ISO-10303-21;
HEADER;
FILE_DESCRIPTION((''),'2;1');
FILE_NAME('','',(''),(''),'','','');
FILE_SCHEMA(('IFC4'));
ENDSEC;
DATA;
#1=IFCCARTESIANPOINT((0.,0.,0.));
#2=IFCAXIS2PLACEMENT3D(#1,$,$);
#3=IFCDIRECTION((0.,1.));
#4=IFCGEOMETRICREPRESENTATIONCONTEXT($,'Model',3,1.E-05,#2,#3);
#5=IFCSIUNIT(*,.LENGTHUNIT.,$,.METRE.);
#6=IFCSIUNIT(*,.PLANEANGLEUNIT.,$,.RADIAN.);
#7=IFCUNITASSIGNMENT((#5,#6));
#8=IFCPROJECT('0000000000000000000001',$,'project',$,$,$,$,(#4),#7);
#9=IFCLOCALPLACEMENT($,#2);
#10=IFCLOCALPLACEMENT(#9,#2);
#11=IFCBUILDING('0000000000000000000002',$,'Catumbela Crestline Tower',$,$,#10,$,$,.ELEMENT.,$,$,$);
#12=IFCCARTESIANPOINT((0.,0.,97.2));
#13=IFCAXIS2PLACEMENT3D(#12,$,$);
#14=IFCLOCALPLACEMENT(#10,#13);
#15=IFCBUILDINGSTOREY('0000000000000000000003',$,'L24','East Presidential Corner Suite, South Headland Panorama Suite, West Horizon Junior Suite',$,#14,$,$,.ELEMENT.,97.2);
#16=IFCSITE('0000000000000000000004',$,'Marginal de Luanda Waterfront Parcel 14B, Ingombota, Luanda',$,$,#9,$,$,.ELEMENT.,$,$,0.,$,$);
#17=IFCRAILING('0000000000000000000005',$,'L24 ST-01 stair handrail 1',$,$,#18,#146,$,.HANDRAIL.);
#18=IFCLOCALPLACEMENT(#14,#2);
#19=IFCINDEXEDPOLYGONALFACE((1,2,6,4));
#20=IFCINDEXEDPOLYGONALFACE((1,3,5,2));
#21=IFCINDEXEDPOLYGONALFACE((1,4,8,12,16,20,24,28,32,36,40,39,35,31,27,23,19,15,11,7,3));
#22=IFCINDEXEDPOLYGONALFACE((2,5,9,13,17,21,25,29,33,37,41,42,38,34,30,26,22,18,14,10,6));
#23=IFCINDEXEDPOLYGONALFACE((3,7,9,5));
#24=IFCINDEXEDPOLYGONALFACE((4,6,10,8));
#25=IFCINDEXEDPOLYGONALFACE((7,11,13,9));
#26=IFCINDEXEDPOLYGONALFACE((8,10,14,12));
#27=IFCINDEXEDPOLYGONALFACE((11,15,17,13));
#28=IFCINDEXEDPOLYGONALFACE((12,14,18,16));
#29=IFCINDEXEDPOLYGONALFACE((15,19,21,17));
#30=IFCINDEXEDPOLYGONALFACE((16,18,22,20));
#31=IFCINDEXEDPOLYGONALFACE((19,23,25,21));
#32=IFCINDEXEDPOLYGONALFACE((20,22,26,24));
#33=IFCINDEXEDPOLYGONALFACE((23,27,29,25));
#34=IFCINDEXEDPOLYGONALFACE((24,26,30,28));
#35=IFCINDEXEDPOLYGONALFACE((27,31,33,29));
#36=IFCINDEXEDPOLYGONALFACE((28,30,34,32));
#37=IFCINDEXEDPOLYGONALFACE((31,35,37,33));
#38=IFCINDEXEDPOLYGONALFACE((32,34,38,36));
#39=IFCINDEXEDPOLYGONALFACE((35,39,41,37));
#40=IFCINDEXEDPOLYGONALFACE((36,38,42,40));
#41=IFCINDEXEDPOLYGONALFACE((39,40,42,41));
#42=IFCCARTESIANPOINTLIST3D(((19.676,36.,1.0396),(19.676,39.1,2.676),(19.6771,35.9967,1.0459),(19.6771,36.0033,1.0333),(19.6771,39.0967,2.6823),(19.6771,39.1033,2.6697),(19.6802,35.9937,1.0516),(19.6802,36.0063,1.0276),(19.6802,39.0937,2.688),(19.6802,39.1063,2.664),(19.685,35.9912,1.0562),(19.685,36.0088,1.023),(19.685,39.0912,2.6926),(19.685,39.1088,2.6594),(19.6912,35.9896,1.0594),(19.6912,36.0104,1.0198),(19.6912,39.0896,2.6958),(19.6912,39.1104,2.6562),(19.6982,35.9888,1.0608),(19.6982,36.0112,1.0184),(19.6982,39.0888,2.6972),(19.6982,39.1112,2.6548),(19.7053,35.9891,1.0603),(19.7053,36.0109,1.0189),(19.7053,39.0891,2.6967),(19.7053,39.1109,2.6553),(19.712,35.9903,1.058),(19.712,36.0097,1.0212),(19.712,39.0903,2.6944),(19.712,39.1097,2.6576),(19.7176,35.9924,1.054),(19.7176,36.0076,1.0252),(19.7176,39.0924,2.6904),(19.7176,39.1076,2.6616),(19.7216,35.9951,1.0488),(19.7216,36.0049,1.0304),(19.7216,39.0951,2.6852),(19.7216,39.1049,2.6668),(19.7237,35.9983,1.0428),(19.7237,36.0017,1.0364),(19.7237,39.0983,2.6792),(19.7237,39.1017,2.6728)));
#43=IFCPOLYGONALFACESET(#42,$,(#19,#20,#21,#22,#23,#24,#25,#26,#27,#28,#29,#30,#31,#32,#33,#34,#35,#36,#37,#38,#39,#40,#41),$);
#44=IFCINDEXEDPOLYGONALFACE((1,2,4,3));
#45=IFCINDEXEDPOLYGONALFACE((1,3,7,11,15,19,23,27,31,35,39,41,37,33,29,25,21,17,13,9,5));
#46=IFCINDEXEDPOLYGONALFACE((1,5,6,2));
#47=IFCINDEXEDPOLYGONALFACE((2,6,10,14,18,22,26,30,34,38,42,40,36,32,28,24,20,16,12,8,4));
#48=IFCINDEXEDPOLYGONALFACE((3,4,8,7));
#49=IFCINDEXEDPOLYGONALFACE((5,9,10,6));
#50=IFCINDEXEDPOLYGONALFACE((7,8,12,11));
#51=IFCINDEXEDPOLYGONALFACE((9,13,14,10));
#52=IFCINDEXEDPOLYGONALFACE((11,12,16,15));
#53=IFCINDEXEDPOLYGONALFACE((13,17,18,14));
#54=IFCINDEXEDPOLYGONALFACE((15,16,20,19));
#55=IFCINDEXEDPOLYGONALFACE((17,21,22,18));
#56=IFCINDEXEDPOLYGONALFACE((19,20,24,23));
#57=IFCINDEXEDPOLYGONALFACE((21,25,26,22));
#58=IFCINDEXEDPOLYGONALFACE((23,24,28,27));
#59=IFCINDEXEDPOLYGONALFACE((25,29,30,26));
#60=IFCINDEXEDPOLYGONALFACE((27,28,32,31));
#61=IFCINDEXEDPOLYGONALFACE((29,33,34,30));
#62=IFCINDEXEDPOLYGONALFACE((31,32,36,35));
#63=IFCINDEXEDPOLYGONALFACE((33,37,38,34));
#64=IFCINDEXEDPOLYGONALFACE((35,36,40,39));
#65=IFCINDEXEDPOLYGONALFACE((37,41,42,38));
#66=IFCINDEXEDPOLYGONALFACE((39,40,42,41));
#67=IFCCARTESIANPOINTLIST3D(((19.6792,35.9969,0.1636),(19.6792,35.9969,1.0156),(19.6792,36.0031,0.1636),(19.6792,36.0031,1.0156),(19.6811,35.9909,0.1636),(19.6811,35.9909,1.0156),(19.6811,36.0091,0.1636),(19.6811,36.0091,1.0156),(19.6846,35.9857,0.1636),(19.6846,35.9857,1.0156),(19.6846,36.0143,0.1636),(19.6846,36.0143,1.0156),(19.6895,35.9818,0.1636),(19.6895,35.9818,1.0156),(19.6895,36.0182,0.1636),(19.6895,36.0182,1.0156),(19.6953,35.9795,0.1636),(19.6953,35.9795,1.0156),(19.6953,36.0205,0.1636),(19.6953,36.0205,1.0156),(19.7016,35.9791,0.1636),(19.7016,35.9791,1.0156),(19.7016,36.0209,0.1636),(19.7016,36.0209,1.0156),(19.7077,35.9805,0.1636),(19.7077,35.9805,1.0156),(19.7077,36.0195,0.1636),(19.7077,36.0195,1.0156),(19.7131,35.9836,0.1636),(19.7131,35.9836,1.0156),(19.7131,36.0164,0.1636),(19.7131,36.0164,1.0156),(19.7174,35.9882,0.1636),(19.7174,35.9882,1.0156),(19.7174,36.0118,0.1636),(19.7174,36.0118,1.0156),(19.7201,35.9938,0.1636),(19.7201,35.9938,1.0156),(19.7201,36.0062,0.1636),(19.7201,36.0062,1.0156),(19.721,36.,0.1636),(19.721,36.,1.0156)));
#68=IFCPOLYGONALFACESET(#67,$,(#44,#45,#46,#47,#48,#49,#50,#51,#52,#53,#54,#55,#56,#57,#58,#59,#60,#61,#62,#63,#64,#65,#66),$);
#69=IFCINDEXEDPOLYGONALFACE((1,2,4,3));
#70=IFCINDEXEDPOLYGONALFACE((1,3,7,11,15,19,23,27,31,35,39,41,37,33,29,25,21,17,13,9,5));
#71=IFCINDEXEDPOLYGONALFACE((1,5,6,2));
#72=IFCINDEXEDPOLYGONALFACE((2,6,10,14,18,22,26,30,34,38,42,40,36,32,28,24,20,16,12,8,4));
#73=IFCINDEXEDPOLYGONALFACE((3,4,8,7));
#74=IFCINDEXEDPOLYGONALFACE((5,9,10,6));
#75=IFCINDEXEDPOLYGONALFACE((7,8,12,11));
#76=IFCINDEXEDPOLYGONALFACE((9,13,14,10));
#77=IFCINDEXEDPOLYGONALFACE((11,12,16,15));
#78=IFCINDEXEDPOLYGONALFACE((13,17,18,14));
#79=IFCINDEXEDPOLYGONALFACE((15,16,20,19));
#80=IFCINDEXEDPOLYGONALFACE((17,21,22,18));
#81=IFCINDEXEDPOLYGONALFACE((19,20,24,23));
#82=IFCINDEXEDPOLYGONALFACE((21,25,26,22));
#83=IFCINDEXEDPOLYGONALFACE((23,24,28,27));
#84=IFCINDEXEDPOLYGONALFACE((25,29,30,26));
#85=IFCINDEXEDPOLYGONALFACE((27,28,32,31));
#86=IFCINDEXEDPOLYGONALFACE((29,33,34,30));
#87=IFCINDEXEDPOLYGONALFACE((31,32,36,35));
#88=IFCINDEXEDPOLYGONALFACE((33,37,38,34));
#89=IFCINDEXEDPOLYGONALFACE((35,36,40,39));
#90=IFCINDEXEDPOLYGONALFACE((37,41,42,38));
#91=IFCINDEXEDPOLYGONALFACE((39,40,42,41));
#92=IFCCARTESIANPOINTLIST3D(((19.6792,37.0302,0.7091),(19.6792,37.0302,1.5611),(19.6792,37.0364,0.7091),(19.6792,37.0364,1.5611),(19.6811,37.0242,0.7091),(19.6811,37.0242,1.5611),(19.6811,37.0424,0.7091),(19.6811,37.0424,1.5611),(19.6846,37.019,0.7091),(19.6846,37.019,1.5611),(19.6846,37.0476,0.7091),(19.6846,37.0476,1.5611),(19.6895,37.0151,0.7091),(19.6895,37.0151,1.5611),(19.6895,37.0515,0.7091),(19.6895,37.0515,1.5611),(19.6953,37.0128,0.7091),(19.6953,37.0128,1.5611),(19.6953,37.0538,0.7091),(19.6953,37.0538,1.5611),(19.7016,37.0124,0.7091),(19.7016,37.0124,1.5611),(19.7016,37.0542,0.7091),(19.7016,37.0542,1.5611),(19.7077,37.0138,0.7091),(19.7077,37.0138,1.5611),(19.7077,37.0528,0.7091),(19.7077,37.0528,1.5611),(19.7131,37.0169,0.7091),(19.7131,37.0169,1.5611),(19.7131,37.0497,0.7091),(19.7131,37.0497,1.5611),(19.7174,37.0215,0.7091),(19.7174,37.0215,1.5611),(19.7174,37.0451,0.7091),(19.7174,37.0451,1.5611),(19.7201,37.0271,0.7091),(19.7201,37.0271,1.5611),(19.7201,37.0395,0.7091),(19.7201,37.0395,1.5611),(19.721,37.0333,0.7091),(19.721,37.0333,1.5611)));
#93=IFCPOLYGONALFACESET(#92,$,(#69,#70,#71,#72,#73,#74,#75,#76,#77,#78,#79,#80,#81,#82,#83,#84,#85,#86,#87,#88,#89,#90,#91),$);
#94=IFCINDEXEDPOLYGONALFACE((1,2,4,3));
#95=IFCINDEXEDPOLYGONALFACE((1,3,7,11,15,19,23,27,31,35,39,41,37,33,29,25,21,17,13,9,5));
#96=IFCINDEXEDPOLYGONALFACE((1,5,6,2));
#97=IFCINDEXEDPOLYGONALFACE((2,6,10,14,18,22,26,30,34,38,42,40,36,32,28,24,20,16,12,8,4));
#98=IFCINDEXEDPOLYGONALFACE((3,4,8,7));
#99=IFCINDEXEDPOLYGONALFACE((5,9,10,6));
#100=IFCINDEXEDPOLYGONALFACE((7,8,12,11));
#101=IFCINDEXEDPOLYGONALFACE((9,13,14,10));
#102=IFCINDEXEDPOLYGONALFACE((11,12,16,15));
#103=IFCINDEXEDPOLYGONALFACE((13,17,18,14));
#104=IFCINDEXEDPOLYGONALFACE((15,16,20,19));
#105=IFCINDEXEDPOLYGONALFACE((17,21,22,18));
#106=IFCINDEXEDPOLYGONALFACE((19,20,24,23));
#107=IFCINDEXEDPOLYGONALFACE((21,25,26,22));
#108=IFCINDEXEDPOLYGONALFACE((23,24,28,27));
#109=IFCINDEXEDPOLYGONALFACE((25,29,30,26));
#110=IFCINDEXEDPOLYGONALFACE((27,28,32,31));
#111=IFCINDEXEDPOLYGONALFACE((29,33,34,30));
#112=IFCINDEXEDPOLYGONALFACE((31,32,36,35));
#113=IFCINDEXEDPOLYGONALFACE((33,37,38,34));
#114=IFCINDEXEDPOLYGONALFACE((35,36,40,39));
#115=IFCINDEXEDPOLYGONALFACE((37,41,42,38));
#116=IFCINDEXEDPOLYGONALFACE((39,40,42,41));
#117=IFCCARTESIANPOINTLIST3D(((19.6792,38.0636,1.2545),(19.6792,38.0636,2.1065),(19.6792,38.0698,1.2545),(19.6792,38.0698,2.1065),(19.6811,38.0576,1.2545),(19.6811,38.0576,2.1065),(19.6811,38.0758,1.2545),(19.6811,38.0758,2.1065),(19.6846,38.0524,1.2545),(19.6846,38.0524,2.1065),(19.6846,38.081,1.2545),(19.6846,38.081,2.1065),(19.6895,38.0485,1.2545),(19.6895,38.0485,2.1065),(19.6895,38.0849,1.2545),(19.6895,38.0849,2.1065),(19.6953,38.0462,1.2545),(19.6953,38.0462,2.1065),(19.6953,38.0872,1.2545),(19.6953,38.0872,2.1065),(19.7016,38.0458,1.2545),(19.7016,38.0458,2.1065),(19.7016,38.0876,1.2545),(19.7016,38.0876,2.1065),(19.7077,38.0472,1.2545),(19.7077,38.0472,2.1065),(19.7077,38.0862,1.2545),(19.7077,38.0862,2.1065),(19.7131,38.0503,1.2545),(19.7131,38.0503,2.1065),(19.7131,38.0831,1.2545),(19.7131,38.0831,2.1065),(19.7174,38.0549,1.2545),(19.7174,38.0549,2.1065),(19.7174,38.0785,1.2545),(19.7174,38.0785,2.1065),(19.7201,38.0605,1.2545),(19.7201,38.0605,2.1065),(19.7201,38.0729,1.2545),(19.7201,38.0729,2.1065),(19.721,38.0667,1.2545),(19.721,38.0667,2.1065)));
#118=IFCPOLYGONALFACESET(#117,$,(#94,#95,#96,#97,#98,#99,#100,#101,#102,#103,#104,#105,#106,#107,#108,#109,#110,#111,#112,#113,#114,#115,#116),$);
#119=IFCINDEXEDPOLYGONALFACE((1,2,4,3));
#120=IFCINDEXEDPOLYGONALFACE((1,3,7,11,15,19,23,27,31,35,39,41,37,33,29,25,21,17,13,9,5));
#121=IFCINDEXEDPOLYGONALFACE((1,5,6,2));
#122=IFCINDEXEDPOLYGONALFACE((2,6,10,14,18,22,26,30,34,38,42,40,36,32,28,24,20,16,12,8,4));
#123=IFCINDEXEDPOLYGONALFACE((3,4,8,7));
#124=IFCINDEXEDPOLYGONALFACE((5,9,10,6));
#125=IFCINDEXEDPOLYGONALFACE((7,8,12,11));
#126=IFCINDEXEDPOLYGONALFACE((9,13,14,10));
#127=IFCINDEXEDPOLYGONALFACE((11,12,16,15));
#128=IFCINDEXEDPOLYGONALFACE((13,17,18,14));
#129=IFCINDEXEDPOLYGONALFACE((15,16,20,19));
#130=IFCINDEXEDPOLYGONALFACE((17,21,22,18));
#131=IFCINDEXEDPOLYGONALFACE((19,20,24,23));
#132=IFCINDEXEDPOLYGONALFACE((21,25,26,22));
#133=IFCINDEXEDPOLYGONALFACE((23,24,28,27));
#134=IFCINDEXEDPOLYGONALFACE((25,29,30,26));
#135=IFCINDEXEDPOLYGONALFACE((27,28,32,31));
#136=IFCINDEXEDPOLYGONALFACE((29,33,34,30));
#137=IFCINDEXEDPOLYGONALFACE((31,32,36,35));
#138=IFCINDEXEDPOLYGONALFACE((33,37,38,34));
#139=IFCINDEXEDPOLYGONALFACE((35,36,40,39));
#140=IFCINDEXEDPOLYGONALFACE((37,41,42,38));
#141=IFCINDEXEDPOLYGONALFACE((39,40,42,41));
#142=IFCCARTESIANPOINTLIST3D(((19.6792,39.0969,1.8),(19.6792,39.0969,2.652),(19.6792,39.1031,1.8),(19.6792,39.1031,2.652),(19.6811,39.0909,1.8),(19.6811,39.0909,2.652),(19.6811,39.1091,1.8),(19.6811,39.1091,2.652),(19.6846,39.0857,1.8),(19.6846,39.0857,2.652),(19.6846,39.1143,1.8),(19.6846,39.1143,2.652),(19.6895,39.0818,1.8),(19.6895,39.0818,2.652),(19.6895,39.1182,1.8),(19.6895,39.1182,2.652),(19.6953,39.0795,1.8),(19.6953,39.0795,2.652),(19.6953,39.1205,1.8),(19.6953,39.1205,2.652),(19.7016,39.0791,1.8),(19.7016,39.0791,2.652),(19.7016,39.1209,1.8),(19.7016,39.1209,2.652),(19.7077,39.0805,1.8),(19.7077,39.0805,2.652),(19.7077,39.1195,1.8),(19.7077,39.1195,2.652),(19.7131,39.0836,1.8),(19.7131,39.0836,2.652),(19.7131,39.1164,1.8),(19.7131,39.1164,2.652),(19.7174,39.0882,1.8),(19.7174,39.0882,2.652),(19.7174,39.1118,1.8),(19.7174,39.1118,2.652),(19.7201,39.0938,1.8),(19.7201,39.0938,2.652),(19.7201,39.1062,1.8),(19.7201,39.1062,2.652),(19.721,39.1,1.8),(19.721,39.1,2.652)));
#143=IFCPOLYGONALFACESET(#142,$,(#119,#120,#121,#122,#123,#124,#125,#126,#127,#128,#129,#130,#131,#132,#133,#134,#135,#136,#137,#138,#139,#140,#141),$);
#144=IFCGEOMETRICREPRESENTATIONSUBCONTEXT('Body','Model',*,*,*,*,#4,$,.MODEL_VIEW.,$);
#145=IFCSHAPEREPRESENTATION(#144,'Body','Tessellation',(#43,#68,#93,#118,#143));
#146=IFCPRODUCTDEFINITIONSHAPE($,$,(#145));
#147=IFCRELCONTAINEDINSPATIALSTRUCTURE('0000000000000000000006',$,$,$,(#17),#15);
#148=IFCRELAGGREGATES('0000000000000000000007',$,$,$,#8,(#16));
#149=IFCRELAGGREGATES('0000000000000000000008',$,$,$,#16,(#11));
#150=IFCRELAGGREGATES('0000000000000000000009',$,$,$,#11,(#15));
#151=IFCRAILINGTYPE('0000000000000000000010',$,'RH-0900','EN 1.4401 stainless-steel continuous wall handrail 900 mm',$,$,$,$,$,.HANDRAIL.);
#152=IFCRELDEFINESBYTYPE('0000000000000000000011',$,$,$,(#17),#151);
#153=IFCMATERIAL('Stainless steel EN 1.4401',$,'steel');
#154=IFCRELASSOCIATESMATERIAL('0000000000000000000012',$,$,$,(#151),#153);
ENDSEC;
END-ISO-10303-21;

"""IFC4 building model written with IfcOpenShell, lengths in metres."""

from ifc_helpers import new_model, si_unit, direction, frame, origin, origin_2d, place, context, subcontext, project, spatial, circle, extrude, material, type_object, element, save


model = new_model("IFC4")

# Units and contexts
model_context = context("Model", 3, precision=1e-05, world=origin(), true_north=direction((0.0, 1.0)))
body_context = subcontext(model_context, "Body", "Model", "MODEL_VIEW")
ifc_project = project(units=[si_unit("LENGTHUNIT", "METRE"), si_unit("PLANEANGLEUNIT", "RADIAN")], contexts=[model_context])

# Site, building, storey
site_placement = place(None, origin())
site = spatial("IfcSite", under=ifc_project, at=site_placement, Name="Marginal de Luanda Waterfront Parcel 14B, Ingombota, Luanda", CompositionType="ELEMENT", RefElevation=0.0)
building_placement = place(site_placement, origin())
building = spatial("IfcBuilding", under=site, at=building_placement, Name="Catumbela Crestline Tower", CompositionType="ELEMENT")
storey_placement = place(building_placement, frame((0.0, 0.0, 97.2)))
storey = spatial("IfcBuildingStorey", under=building, at=storey_placement, Name="L24", Description="East Presidential Corner Suite, South Headland Panorama Suite, West Horizon Junior Suite", CompositionType="ELEMENT", Elevation=97.2)

# Shared definitions
ifc_material_1 = material(Name="Stainless steel EN 1.4401", Category="steel")

# Railing
railing_type = type_object("IfcRailingType", Name="RH-0900", Description="EN 1.4401 stainless-steel continuous wall handrail 900 mm", PredefinedType="HANDRAIL", material=ifc_material_1)
railing_placement = place(storey_placement, frame((19.7, 36.0, 0.1636)))
element("IfcRailing", 1, at=railing_placement, inside=storey, type_object=railing_type, Name="L24 ST-01 stair handrail 1", PredefinedType="HANDRAIL", context=body_context, shape_type="SweptSolid", body=[
    extrude(circle(Radius=0.024, at=origin_2d()), frame((0.0, 0.0, 0.876), z_axis=(0.0, 0.884351, 0.466823), x_axis=(-1.0, 0.0, 0.0)), (0.0, 0.0, 1.0), 3.5054),
    extrude(circle(Radius=0.021, at=origin_2d()), origin(), (0.0, 0.0, 1.0), 0.852),
    extrude(circle(Radius=0.021, at=origin_2d()), frame((0.0, 1.0333, 0.5455)), (0.0, 0.0, 1.0), 0.852),
    extrude(circle(Radius=0.021, at=origin_2d()), frame((0.0, 2.0667, 1.0909)), (0.0, 0.0, 1.0), 0.852),
    extrude(circle(Radius=0.021, at=origin_2d()), frame((0.0, 3.1, 1.6364)), (0.0, 0.0, 1.0), 0.852),
])

save(model, "model.ifc")
